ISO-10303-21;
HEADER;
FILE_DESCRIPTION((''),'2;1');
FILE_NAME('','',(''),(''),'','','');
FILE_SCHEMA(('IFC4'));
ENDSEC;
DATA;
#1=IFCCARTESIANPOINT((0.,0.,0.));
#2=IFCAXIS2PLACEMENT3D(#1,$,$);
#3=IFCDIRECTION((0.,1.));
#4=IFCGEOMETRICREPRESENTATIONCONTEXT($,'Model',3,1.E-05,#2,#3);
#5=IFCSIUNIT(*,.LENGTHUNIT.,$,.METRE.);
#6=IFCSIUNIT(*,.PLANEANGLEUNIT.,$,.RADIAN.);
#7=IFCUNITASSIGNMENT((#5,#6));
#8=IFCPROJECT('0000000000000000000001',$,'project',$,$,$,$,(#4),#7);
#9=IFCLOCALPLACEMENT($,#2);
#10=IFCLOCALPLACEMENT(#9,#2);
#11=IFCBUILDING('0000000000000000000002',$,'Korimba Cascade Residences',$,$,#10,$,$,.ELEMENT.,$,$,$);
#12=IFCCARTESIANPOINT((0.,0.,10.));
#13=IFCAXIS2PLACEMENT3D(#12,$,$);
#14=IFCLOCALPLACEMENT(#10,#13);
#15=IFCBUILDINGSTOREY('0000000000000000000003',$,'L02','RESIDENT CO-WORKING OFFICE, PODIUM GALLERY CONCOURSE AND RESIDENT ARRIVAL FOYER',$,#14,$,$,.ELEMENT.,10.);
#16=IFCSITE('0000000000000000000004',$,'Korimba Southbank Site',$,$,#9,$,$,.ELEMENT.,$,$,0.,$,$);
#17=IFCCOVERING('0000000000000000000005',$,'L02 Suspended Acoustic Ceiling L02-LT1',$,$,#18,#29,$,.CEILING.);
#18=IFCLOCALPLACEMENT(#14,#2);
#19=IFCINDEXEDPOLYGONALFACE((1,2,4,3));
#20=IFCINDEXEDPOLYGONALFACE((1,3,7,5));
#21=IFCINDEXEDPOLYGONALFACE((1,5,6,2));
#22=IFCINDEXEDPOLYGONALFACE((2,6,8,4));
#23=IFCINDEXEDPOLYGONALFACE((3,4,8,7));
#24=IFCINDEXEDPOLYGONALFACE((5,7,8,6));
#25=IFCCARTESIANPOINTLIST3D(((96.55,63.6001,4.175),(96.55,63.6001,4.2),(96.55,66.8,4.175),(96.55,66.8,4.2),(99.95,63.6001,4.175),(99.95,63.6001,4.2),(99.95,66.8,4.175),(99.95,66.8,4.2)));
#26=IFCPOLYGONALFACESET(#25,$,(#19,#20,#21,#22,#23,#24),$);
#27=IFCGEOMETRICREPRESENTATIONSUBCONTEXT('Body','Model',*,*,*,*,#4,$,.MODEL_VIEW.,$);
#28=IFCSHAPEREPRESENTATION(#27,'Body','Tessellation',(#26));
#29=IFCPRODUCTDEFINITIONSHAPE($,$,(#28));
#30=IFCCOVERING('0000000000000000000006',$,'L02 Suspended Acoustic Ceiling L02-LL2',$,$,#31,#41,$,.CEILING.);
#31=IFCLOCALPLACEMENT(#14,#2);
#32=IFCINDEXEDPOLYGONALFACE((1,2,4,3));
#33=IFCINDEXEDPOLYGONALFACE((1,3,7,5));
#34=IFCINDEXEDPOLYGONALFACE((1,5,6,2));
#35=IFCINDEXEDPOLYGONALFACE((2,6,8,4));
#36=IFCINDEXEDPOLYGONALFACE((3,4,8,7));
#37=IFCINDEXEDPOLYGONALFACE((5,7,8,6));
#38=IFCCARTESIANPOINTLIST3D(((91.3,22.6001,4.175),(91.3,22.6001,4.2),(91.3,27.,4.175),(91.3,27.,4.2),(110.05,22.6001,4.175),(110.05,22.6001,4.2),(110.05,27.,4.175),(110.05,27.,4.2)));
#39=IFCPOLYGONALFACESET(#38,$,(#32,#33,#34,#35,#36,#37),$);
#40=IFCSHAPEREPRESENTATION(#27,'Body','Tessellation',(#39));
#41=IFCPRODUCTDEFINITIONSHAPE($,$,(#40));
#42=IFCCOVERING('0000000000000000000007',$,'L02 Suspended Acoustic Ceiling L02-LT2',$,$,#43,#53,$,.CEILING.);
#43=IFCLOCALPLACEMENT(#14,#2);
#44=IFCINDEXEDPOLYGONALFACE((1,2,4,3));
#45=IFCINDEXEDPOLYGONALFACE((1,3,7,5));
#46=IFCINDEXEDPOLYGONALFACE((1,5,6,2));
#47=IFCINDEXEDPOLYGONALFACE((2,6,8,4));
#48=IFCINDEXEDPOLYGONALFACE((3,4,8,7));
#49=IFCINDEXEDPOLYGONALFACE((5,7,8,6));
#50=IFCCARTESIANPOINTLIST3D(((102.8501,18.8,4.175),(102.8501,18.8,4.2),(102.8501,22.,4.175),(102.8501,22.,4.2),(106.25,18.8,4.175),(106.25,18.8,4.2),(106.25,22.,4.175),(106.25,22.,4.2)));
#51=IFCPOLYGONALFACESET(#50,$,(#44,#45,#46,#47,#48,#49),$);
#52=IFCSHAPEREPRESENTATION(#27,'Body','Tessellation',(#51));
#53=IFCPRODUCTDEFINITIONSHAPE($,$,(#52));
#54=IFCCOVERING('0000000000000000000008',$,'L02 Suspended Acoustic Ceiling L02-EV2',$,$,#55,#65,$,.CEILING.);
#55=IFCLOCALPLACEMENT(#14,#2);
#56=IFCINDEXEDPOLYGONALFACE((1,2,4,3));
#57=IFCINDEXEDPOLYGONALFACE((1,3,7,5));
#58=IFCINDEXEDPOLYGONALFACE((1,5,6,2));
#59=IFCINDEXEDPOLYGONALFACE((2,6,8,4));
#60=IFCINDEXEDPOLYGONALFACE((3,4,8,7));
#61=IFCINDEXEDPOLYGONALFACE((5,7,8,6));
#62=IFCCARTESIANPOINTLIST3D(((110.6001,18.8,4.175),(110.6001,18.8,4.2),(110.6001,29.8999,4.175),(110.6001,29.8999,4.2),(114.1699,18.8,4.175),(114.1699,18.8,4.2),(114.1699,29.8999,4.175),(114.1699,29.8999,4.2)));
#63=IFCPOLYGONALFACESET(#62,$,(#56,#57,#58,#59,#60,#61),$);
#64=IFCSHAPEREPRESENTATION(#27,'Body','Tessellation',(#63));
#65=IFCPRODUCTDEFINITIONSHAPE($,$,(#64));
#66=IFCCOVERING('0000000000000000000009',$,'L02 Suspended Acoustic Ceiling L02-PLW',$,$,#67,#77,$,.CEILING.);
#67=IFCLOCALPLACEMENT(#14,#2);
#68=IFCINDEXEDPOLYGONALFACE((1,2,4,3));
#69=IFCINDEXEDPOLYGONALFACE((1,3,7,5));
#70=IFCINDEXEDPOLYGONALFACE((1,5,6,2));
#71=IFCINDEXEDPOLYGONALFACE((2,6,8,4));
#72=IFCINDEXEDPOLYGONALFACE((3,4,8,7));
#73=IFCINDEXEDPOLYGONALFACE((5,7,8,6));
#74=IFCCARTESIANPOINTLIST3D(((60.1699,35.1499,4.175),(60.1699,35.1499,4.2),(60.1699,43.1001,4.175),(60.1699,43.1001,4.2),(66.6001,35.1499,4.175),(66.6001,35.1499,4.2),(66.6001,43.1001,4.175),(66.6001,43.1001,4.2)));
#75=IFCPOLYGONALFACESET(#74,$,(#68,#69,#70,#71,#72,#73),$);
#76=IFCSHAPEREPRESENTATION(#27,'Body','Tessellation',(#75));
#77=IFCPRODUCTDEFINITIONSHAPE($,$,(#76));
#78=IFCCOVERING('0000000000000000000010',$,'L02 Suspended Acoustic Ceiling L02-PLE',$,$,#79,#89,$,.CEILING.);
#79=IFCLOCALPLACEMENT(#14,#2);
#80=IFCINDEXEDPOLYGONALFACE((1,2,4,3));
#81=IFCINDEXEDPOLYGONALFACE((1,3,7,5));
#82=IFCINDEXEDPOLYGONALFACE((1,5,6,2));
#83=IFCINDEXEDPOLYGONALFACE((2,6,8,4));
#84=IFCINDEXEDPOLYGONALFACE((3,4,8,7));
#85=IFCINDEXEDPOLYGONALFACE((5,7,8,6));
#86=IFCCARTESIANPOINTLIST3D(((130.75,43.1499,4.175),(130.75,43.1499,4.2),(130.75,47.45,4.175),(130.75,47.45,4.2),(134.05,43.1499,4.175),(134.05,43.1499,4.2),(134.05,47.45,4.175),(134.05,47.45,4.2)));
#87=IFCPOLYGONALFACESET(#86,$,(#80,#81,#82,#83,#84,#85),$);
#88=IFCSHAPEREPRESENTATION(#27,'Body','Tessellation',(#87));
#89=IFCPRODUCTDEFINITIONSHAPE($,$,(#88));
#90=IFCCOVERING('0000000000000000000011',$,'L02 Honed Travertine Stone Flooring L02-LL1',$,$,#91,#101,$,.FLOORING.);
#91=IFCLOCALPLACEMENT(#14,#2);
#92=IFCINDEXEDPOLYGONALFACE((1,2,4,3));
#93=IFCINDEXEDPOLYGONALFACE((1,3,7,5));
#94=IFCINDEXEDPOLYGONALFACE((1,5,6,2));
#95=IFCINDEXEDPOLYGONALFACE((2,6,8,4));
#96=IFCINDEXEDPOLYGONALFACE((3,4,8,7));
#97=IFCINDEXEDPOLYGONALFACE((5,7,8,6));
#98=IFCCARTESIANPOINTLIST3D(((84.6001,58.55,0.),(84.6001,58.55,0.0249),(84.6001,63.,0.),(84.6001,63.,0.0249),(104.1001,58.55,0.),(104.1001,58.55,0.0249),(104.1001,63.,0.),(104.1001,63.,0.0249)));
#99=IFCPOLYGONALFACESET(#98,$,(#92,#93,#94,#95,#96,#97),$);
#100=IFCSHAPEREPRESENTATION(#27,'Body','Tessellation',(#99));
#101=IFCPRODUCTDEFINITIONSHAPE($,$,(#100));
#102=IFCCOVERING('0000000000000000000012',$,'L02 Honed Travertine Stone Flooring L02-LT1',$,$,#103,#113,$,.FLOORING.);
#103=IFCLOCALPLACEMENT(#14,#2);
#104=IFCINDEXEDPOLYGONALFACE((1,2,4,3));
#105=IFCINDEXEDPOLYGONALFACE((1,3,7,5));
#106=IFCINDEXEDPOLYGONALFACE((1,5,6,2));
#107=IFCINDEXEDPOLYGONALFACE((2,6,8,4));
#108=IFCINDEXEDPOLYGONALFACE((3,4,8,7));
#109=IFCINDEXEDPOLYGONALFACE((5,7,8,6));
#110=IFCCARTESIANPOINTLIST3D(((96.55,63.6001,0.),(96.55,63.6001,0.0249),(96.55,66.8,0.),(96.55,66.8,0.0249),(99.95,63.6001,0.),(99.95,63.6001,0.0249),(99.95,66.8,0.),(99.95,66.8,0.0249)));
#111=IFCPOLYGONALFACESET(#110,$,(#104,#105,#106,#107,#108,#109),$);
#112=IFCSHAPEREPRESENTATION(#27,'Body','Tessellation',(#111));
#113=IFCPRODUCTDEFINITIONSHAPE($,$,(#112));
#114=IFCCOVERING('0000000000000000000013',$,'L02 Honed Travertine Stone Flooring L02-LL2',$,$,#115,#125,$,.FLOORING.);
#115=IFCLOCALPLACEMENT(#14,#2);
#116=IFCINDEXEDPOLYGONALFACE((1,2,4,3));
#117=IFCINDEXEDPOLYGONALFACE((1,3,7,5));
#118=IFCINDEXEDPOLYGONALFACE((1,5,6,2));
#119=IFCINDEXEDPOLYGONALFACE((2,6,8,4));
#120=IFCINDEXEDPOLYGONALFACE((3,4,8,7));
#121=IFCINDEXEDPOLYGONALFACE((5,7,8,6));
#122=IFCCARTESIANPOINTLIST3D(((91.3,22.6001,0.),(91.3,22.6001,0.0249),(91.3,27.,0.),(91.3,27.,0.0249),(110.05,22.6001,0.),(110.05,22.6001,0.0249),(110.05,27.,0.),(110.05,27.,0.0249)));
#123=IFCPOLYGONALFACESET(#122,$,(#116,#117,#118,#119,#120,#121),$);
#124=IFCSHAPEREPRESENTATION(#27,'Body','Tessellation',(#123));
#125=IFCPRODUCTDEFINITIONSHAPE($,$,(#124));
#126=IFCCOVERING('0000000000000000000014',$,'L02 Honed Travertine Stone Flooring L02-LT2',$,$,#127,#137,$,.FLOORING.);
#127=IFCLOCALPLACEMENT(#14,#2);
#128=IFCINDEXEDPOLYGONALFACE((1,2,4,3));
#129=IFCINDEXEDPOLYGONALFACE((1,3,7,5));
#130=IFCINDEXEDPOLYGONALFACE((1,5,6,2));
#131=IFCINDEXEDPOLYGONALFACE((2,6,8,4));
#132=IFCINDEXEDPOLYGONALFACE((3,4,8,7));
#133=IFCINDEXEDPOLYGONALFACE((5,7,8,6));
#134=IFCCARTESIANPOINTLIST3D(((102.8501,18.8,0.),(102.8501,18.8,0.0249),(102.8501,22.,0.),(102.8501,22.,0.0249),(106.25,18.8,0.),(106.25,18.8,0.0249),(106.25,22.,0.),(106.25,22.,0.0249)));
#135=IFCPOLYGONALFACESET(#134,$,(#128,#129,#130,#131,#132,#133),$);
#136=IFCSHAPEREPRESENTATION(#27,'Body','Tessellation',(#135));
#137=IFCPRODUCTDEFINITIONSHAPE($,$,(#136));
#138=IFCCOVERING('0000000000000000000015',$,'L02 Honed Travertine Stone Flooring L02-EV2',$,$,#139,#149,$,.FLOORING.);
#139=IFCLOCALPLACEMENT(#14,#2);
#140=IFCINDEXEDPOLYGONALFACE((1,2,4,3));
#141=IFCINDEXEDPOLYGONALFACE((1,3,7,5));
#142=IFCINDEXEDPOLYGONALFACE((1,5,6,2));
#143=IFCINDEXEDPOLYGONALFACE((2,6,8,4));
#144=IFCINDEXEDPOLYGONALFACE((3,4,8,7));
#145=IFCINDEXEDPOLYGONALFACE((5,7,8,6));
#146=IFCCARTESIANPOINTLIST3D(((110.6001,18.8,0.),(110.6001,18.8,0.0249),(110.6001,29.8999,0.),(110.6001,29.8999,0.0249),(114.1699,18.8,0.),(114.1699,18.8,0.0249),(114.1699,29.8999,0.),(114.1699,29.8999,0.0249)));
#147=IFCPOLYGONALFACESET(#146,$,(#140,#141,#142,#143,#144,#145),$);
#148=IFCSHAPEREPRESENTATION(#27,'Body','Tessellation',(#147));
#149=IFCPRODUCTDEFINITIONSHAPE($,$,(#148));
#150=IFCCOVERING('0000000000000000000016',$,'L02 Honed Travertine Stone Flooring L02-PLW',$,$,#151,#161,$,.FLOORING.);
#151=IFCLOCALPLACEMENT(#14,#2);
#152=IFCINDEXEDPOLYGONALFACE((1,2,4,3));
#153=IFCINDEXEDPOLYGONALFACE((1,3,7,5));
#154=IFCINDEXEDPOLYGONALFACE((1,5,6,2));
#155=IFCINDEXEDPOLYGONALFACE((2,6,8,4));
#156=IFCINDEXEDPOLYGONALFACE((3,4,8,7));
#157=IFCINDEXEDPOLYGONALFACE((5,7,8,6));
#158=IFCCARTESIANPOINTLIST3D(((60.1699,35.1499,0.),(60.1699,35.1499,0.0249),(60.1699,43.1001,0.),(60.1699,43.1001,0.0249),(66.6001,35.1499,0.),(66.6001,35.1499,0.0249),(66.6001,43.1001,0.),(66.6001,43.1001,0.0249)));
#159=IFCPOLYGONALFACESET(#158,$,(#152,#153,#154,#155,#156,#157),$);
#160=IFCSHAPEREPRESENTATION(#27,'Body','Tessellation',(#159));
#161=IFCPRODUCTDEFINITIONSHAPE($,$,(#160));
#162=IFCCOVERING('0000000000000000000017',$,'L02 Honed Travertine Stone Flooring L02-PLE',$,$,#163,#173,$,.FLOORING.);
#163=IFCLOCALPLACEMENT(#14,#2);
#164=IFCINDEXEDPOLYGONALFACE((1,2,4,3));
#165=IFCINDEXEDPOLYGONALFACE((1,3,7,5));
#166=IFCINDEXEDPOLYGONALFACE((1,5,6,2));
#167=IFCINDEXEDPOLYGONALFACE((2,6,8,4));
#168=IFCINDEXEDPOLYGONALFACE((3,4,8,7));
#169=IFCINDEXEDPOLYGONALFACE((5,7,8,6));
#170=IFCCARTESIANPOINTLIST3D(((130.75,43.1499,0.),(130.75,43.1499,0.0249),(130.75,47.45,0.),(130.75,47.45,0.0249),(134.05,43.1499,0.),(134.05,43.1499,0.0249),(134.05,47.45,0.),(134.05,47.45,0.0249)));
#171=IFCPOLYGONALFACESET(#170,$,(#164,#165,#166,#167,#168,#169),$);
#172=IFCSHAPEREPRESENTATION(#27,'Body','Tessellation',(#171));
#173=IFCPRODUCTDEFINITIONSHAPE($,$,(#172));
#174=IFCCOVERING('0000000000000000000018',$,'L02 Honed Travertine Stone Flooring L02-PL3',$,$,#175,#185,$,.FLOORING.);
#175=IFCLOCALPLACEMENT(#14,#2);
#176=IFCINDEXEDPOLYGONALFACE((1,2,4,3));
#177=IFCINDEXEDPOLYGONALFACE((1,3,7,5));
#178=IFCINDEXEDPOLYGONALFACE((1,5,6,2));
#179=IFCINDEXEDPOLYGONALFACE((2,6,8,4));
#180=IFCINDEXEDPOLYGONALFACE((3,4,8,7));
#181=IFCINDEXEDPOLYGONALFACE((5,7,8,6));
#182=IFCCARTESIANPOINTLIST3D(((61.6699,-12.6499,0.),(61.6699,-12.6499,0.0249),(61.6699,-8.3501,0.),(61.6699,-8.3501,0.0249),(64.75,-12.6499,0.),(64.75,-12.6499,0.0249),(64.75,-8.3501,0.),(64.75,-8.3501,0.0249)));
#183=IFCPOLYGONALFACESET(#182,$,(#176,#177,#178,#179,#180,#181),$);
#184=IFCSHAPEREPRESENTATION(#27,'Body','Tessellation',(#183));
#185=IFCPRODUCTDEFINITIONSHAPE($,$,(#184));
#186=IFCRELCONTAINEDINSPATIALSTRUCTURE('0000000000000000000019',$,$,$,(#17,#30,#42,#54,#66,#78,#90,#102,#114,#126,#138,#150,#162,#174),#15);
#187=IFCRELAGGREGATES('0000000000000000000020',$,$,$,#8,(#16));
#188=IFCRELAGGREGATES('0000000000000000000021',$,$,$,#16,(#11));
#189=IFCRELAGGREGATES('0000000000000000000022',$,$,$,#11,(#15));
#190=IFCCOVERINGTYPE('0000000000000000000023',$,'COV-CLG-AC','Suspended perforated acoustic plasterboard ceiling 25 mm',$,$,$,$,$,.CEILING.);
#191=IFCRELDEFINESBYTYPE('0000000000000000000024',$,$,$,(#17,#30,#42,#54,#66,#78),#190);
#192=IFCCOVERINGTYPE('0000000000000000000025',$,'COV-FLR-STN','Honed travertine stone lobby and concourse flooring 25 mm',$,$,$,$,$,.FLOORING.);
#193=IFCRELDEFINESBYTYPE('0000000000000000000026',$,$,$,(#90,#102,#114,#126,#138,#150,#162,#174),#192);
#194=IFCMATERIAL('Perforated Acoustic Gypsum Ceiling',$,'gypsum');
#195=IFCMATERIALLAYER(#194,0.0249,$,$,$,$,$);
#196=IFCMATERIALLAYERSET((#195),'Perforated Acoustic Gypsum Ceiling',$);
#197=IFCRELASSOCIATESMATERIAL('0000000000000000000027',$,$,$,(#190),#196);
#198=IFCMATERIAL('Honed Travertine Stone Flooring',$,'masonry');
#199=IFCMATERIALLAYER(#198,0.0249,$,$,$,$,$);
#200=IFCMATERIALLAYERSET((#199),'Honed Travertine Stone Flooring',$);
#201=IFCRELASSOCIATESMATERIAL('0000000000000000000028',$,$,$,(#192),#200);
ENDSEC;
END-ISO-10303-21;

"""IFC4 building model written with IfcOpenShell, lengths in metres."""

from ifc_helpers import new_model, si_unit, direction, frame, origin, place, context, subcontext, project, spatial, polyline, outline, extrude, material, layer, layer_set, type_object, element, save


model = new_model("IFC4")

# Units and contexts
model_context = context("Model", 3, precision=1e-05, world=origin(), true_north=direction((0.0, 1.0)))
body_context = subcontext(model_context, "Body", "Model", "MODEL_VIEW")
ifc_project = project(units=[si_unit("LENGTHUNIT", "METRE"), si_unit("PLANEANGLEUNIT", "RADIAN")], contexts=[model_context])

# Site, building, storey
site_placement = place(None, origin())
site = spatial("IfcSite", under=ifc_project, at=site_placement, Name="Korimba Southbank Site", CompositionType="ELEMENT", RefElevation=0.0)
building_placement = place(site_placement, origin())
building = spatial("IfcBuilding", under=site, at=building_placement, Name="Korimba Cascade Residences", CompositionType="ELEMENT")
storey_placement = place(building_placement, frame((0.0, 0.0, 10.0)))
storey = spatial("IfcBuildingStorey", under=building, at=storey_placement, Name="L02", Description="RESIDENT CO-WORKING OFFICE, PODIUM GALLERY CONCOURSE AND RESIDENT ARRIVAL FOYER", CompositionType="ELEMENT", Elevation=10.0)

# Coverings
ifc_material_1 = material(Name="Perforated Acoustic Gypsum Ceiling", Category="gypsum")
ifc_layer_1 = layer(ifc_material_1, 0.0249)
ifc_layer_set_1 = layer_set([ifc_layer_1], Name="Perforated Acoustic Gypsum Ceiling")
covering_type_1 = type_object("IfcCoveringType", Name="COV-CLG-AC", Description="Suspended perforated acoustic plasterboard ceiling 25 mm", PredefinedType="CEILING", material=ifc_layer_set_1)
covering_1_placement = place(storey_placement, frame((0.0, 0.0, 4.175)))
element("IfcCovering", 1, at=covering_1_placement, inside=storey, type_object=covering_type_1, Name="L02 Suspended Acoustic Ceiling L02-LT1", PredefinedType="CEILING", context=body_context, shape_type="SweptSolid", body=[
    extrude(outline(polyline([(96.55, 63.6001), (99.95, 63.6001), (99.95, 66.8), (96.55, 66.8), (96.55, 63.6001)])), origin(), (0.0, 0.0, 1.0), 0.0249),
])
covering_2_placement = place(storey_placement, frame((0.0, 0.0, 4.175)))
element("IfcCovering", 2, at=covering_2_placement, inside=storey, type_object=covering_type_1, Name="L02 Suspended Acoustic Ceiling L02-LL2", PredefinedType="CEILING", context=body_context, shape_type="SweptSolid", body=[
    extrude(outline(polyline([(91.3, 22.6001), (110.05, 22.6001), (110.05, 27.0), (91.3, 27.0), (91.3, 22.6001)])), origin(), (0.0, 0.0, 1.0), 0.0249),
])
covering_3_placement = place(storey_placement, frame((0.0, 0.0, 4.175)))
element("IfcCovering", 3, at=covering_3_placement, inside=storey, type_object=covering_type_1, Name="L02 Suspended Acoustic Ceiling L02-LT2", PredefinedType="CEILING", context=body_context, shape_type="SweptSolid", body=[
    extrude(outline(polyline([(102.8501, 18.8), (106.25, 18.8), (106.25, 22.0), (102.8501, 22.0), (102.8501, 18.8)])), origin(), (0.0, 0.0, 1.0), 0.0249),
])
covering_4_placement = place(storey_placement, frame((0.0, 0.0, 4.175)))
element("IfcCovering", 4, at=covering_4_placement, inside=storey, type_object=covering_type_1, Name="L02 Suspended Acoustic Ceiling L02-EV2", PredefinedType="CEILING", context=body_context, shape_type="SweptSolid", body=[
    extrude(outline(polyline([(110.6001, 18.8), (114.1699, 18.8), (114.1699, 29.8999), (110.6001, 29.8999), (110.6001, 18.8)])), origin(), (0.0, 0.0, 1.0), 0.0249),
])
covering_5_placement = place(storey_placement, frame((0.0, 0.0, 4.175)))
element("IfcCovering", 5, at=covering_5_placement, inside=storey, type_object=covering_type_1, Name="L02 Suspended Acoustic Ceiling L02-PLW", PredefinedType="CEILING", context=body_context, shape_type="SweptSolid", body=[
    extrude(outline(polyline([(60.1699, 35.1499), (66.6001, 35.1499), (66.6001, 43.1001), (60.1699, 43.1001), (60.1699, 35.1499)])), origin(), (0.0, 0.0, 1.0), 0.0249),
])
covering_6_placement = place(storey_placement, frame((0.0, 0.0, 4.175)))
element("IfcCovering", 6, at=covering_6_placement, inside=storey, type_object=covering_type_1, Name="L02 Suspended Acoustic Ceiling L02-PLE", PredefinedType="CEILING", context=body_context, shape_type="SweptSolid", body=[
    extrude(outline(polyline([(130.75, 43.1499), (134.05, 43.1499), (134.05, 47.45), (130.75, 47.45), (130.75, 43.1499)])), origin(), (0.0, 0.0, 1.0), 0.0249),
])
ifc_material_2 = material(Name="Honed Travertine Stone Flooring", Category="masonry")
ifc_layer_2 = layer(ifc_material_2, 0.0249)
ifc_layer_set_2 = layer_set([ifc_layer_2], Name="Honed Travertine Stone Flooring")
covering_type_2 = type_object("IfcCoveringType", Name="COV-FLR-STN", Description="Honed travertine stone lobby and concourse flooring 25 mm", PredefinedType="FLOORING", material=ifc_layer_set_2)
covering_7_placement = place(storey_placement, origin())
element("IfcCovering", 7, at=covering_7_placement, inside=storey, type_object=covering_type_2, Name="L02 Honed Travertine Stone Flooring L02-LL1", PredefinedType="FLOORING", context=body_context, shape_type="SweptSolid", body=[
    extrude(outline(polyline([(84.6001, 58.55), (104.1001, 58.55), (104.1001, 63.0), (84.6001, 63.0), (84.6001, 58.55)])), origin(), (0.0, 0.0, 1.0), 0.0249),
])
covering_8_placement = place(storey_placement, origin())
element("IfcCovering", 8, at=covering_8_placement, inside=storey, type_object=covering_type_2, Name="L02 Honed Travertine Stone Flooring L02-LT1", PredefinedType="FLOORING", context=body_context, shape_type="SweptSolid", body=[
    extrude(outline(polyline([(96.55, 63.6001), (99.95, 63.6001), (99.95, 66.8), (96.55, 66.8), (96.55, 63.6001)])), origin(), (0.0, 0.0, 1.0), 0.0249),
])
covering_9_placement = place(storey_placement, origin())
element("IfcCovering", 9, at=covering_9_placement, inside=storey, type_object=covering_type_2, Name="L02 Honed Travertine Stone Flooring L02-LL2", PredefinedType="FLOORING", context=body_context, shape_type="SweptSolid", body=[
    extrude(outline(polyline([(91.3, 22.6001), (110.05, 22.6001), (110.05, 27.0), (91.3, 27.0), (91.3, 22.6001)])), origin(), (0.0, 0.0, 1.0), 0.0249),
])
covering_10_placement = place(storey_placement, origin())
element("IfcCovering", 10, at=covering_10_placement, inside=storey, type_object=covering_type_2, Name="L02 Honed Travertine Stone Flooring L02-LT2", PredefinedType="FLOORING", context=body_context, shape_type="SweptSolid", body=[
    extrude(outline(polyline([(102.8501, 18.8), (106.25, 18.8), (106.25, 22.0), (102.8501, 22.0), (102.8501, 18.8)])), origin(), (0.0, 0.0, 1.0), 0.0249),
])
covering_11_placement = place(storey_placement, origin())
element("IfcCovering", 11, at=covering_11_placement, inside=storey, type_object=covering_type_2, Name="L02 Honed Travertine Stone Flooring L02-EV2", PredefinedType="FLOORING", context=body_context, shape_type="SweptSolid", body=[
    extrude(outline(polyline([(110.6001, 18.8), (114.1699, 18.8), (114.1699, 29.8999), (110.6001, 29.8999), (110.6001, 18.8)])), origin(), (0.0, 0.0, 1.0), 0.0249),
])
covering_12_placement = place(storey_placement, origin())
element("IfcCovering", 12, at=covering_12_placement, inside=storey, type_object=covering_type_2, Name="L02 Honed Travertine Stone Flooring L02-PLW", PredefinedType="FLOORING", context=body_context, shape_type="SweptSolid", body=[
    extrude(outline(polyline([(60.1699, 35.1499), (66.6001, 35.1499), (66.6001, 43.1001), (60.1699, 43.1001), (60.1699, 35.1499)])), origin(), (0.0, 0.0, 1.0), 0.0249),
])
covering_13_placement = place(storey_placement, origin())
element("IfcCovering", 13, at=covering_13_placement, inside=storey, type_object=covering_type_2, Name="L02 Honed Travertine Stone Flooring L02-PLE", PredefinedType="FLOORING", context=body_context, shape_type="SweptSolid", body=[
    extrude(outline(polyline([(130.75, 43.1499), (134.05, 43.1499), (134.05, 47.45), (130.75, 47.45), (130.75, 43.1499)])), origin(), (0.0, 0.0, 1.0), 0.0249),
])
covering_14_placement = place(storey_placement, origin())
element("IfcCovering", 14, at=covering_14_placement, inside=storey, type_object=covering_type_2, Name="L02 Honed Travertine Stone Flooring L02-PL3", PredefinedType="FLOORING", context=body_context, shape_type="SweptSolid", body=[
    extrude(outline(polyline([(61.6699, -12.6499), (64.75, -12.6499), (64.75, -8.3501), (61.6699, -8.3501), (61.6699, -12.6499)])), origin(), (0.0, 0.0, 1.0), 0.0249),
])

save(model, "model.ifc")
